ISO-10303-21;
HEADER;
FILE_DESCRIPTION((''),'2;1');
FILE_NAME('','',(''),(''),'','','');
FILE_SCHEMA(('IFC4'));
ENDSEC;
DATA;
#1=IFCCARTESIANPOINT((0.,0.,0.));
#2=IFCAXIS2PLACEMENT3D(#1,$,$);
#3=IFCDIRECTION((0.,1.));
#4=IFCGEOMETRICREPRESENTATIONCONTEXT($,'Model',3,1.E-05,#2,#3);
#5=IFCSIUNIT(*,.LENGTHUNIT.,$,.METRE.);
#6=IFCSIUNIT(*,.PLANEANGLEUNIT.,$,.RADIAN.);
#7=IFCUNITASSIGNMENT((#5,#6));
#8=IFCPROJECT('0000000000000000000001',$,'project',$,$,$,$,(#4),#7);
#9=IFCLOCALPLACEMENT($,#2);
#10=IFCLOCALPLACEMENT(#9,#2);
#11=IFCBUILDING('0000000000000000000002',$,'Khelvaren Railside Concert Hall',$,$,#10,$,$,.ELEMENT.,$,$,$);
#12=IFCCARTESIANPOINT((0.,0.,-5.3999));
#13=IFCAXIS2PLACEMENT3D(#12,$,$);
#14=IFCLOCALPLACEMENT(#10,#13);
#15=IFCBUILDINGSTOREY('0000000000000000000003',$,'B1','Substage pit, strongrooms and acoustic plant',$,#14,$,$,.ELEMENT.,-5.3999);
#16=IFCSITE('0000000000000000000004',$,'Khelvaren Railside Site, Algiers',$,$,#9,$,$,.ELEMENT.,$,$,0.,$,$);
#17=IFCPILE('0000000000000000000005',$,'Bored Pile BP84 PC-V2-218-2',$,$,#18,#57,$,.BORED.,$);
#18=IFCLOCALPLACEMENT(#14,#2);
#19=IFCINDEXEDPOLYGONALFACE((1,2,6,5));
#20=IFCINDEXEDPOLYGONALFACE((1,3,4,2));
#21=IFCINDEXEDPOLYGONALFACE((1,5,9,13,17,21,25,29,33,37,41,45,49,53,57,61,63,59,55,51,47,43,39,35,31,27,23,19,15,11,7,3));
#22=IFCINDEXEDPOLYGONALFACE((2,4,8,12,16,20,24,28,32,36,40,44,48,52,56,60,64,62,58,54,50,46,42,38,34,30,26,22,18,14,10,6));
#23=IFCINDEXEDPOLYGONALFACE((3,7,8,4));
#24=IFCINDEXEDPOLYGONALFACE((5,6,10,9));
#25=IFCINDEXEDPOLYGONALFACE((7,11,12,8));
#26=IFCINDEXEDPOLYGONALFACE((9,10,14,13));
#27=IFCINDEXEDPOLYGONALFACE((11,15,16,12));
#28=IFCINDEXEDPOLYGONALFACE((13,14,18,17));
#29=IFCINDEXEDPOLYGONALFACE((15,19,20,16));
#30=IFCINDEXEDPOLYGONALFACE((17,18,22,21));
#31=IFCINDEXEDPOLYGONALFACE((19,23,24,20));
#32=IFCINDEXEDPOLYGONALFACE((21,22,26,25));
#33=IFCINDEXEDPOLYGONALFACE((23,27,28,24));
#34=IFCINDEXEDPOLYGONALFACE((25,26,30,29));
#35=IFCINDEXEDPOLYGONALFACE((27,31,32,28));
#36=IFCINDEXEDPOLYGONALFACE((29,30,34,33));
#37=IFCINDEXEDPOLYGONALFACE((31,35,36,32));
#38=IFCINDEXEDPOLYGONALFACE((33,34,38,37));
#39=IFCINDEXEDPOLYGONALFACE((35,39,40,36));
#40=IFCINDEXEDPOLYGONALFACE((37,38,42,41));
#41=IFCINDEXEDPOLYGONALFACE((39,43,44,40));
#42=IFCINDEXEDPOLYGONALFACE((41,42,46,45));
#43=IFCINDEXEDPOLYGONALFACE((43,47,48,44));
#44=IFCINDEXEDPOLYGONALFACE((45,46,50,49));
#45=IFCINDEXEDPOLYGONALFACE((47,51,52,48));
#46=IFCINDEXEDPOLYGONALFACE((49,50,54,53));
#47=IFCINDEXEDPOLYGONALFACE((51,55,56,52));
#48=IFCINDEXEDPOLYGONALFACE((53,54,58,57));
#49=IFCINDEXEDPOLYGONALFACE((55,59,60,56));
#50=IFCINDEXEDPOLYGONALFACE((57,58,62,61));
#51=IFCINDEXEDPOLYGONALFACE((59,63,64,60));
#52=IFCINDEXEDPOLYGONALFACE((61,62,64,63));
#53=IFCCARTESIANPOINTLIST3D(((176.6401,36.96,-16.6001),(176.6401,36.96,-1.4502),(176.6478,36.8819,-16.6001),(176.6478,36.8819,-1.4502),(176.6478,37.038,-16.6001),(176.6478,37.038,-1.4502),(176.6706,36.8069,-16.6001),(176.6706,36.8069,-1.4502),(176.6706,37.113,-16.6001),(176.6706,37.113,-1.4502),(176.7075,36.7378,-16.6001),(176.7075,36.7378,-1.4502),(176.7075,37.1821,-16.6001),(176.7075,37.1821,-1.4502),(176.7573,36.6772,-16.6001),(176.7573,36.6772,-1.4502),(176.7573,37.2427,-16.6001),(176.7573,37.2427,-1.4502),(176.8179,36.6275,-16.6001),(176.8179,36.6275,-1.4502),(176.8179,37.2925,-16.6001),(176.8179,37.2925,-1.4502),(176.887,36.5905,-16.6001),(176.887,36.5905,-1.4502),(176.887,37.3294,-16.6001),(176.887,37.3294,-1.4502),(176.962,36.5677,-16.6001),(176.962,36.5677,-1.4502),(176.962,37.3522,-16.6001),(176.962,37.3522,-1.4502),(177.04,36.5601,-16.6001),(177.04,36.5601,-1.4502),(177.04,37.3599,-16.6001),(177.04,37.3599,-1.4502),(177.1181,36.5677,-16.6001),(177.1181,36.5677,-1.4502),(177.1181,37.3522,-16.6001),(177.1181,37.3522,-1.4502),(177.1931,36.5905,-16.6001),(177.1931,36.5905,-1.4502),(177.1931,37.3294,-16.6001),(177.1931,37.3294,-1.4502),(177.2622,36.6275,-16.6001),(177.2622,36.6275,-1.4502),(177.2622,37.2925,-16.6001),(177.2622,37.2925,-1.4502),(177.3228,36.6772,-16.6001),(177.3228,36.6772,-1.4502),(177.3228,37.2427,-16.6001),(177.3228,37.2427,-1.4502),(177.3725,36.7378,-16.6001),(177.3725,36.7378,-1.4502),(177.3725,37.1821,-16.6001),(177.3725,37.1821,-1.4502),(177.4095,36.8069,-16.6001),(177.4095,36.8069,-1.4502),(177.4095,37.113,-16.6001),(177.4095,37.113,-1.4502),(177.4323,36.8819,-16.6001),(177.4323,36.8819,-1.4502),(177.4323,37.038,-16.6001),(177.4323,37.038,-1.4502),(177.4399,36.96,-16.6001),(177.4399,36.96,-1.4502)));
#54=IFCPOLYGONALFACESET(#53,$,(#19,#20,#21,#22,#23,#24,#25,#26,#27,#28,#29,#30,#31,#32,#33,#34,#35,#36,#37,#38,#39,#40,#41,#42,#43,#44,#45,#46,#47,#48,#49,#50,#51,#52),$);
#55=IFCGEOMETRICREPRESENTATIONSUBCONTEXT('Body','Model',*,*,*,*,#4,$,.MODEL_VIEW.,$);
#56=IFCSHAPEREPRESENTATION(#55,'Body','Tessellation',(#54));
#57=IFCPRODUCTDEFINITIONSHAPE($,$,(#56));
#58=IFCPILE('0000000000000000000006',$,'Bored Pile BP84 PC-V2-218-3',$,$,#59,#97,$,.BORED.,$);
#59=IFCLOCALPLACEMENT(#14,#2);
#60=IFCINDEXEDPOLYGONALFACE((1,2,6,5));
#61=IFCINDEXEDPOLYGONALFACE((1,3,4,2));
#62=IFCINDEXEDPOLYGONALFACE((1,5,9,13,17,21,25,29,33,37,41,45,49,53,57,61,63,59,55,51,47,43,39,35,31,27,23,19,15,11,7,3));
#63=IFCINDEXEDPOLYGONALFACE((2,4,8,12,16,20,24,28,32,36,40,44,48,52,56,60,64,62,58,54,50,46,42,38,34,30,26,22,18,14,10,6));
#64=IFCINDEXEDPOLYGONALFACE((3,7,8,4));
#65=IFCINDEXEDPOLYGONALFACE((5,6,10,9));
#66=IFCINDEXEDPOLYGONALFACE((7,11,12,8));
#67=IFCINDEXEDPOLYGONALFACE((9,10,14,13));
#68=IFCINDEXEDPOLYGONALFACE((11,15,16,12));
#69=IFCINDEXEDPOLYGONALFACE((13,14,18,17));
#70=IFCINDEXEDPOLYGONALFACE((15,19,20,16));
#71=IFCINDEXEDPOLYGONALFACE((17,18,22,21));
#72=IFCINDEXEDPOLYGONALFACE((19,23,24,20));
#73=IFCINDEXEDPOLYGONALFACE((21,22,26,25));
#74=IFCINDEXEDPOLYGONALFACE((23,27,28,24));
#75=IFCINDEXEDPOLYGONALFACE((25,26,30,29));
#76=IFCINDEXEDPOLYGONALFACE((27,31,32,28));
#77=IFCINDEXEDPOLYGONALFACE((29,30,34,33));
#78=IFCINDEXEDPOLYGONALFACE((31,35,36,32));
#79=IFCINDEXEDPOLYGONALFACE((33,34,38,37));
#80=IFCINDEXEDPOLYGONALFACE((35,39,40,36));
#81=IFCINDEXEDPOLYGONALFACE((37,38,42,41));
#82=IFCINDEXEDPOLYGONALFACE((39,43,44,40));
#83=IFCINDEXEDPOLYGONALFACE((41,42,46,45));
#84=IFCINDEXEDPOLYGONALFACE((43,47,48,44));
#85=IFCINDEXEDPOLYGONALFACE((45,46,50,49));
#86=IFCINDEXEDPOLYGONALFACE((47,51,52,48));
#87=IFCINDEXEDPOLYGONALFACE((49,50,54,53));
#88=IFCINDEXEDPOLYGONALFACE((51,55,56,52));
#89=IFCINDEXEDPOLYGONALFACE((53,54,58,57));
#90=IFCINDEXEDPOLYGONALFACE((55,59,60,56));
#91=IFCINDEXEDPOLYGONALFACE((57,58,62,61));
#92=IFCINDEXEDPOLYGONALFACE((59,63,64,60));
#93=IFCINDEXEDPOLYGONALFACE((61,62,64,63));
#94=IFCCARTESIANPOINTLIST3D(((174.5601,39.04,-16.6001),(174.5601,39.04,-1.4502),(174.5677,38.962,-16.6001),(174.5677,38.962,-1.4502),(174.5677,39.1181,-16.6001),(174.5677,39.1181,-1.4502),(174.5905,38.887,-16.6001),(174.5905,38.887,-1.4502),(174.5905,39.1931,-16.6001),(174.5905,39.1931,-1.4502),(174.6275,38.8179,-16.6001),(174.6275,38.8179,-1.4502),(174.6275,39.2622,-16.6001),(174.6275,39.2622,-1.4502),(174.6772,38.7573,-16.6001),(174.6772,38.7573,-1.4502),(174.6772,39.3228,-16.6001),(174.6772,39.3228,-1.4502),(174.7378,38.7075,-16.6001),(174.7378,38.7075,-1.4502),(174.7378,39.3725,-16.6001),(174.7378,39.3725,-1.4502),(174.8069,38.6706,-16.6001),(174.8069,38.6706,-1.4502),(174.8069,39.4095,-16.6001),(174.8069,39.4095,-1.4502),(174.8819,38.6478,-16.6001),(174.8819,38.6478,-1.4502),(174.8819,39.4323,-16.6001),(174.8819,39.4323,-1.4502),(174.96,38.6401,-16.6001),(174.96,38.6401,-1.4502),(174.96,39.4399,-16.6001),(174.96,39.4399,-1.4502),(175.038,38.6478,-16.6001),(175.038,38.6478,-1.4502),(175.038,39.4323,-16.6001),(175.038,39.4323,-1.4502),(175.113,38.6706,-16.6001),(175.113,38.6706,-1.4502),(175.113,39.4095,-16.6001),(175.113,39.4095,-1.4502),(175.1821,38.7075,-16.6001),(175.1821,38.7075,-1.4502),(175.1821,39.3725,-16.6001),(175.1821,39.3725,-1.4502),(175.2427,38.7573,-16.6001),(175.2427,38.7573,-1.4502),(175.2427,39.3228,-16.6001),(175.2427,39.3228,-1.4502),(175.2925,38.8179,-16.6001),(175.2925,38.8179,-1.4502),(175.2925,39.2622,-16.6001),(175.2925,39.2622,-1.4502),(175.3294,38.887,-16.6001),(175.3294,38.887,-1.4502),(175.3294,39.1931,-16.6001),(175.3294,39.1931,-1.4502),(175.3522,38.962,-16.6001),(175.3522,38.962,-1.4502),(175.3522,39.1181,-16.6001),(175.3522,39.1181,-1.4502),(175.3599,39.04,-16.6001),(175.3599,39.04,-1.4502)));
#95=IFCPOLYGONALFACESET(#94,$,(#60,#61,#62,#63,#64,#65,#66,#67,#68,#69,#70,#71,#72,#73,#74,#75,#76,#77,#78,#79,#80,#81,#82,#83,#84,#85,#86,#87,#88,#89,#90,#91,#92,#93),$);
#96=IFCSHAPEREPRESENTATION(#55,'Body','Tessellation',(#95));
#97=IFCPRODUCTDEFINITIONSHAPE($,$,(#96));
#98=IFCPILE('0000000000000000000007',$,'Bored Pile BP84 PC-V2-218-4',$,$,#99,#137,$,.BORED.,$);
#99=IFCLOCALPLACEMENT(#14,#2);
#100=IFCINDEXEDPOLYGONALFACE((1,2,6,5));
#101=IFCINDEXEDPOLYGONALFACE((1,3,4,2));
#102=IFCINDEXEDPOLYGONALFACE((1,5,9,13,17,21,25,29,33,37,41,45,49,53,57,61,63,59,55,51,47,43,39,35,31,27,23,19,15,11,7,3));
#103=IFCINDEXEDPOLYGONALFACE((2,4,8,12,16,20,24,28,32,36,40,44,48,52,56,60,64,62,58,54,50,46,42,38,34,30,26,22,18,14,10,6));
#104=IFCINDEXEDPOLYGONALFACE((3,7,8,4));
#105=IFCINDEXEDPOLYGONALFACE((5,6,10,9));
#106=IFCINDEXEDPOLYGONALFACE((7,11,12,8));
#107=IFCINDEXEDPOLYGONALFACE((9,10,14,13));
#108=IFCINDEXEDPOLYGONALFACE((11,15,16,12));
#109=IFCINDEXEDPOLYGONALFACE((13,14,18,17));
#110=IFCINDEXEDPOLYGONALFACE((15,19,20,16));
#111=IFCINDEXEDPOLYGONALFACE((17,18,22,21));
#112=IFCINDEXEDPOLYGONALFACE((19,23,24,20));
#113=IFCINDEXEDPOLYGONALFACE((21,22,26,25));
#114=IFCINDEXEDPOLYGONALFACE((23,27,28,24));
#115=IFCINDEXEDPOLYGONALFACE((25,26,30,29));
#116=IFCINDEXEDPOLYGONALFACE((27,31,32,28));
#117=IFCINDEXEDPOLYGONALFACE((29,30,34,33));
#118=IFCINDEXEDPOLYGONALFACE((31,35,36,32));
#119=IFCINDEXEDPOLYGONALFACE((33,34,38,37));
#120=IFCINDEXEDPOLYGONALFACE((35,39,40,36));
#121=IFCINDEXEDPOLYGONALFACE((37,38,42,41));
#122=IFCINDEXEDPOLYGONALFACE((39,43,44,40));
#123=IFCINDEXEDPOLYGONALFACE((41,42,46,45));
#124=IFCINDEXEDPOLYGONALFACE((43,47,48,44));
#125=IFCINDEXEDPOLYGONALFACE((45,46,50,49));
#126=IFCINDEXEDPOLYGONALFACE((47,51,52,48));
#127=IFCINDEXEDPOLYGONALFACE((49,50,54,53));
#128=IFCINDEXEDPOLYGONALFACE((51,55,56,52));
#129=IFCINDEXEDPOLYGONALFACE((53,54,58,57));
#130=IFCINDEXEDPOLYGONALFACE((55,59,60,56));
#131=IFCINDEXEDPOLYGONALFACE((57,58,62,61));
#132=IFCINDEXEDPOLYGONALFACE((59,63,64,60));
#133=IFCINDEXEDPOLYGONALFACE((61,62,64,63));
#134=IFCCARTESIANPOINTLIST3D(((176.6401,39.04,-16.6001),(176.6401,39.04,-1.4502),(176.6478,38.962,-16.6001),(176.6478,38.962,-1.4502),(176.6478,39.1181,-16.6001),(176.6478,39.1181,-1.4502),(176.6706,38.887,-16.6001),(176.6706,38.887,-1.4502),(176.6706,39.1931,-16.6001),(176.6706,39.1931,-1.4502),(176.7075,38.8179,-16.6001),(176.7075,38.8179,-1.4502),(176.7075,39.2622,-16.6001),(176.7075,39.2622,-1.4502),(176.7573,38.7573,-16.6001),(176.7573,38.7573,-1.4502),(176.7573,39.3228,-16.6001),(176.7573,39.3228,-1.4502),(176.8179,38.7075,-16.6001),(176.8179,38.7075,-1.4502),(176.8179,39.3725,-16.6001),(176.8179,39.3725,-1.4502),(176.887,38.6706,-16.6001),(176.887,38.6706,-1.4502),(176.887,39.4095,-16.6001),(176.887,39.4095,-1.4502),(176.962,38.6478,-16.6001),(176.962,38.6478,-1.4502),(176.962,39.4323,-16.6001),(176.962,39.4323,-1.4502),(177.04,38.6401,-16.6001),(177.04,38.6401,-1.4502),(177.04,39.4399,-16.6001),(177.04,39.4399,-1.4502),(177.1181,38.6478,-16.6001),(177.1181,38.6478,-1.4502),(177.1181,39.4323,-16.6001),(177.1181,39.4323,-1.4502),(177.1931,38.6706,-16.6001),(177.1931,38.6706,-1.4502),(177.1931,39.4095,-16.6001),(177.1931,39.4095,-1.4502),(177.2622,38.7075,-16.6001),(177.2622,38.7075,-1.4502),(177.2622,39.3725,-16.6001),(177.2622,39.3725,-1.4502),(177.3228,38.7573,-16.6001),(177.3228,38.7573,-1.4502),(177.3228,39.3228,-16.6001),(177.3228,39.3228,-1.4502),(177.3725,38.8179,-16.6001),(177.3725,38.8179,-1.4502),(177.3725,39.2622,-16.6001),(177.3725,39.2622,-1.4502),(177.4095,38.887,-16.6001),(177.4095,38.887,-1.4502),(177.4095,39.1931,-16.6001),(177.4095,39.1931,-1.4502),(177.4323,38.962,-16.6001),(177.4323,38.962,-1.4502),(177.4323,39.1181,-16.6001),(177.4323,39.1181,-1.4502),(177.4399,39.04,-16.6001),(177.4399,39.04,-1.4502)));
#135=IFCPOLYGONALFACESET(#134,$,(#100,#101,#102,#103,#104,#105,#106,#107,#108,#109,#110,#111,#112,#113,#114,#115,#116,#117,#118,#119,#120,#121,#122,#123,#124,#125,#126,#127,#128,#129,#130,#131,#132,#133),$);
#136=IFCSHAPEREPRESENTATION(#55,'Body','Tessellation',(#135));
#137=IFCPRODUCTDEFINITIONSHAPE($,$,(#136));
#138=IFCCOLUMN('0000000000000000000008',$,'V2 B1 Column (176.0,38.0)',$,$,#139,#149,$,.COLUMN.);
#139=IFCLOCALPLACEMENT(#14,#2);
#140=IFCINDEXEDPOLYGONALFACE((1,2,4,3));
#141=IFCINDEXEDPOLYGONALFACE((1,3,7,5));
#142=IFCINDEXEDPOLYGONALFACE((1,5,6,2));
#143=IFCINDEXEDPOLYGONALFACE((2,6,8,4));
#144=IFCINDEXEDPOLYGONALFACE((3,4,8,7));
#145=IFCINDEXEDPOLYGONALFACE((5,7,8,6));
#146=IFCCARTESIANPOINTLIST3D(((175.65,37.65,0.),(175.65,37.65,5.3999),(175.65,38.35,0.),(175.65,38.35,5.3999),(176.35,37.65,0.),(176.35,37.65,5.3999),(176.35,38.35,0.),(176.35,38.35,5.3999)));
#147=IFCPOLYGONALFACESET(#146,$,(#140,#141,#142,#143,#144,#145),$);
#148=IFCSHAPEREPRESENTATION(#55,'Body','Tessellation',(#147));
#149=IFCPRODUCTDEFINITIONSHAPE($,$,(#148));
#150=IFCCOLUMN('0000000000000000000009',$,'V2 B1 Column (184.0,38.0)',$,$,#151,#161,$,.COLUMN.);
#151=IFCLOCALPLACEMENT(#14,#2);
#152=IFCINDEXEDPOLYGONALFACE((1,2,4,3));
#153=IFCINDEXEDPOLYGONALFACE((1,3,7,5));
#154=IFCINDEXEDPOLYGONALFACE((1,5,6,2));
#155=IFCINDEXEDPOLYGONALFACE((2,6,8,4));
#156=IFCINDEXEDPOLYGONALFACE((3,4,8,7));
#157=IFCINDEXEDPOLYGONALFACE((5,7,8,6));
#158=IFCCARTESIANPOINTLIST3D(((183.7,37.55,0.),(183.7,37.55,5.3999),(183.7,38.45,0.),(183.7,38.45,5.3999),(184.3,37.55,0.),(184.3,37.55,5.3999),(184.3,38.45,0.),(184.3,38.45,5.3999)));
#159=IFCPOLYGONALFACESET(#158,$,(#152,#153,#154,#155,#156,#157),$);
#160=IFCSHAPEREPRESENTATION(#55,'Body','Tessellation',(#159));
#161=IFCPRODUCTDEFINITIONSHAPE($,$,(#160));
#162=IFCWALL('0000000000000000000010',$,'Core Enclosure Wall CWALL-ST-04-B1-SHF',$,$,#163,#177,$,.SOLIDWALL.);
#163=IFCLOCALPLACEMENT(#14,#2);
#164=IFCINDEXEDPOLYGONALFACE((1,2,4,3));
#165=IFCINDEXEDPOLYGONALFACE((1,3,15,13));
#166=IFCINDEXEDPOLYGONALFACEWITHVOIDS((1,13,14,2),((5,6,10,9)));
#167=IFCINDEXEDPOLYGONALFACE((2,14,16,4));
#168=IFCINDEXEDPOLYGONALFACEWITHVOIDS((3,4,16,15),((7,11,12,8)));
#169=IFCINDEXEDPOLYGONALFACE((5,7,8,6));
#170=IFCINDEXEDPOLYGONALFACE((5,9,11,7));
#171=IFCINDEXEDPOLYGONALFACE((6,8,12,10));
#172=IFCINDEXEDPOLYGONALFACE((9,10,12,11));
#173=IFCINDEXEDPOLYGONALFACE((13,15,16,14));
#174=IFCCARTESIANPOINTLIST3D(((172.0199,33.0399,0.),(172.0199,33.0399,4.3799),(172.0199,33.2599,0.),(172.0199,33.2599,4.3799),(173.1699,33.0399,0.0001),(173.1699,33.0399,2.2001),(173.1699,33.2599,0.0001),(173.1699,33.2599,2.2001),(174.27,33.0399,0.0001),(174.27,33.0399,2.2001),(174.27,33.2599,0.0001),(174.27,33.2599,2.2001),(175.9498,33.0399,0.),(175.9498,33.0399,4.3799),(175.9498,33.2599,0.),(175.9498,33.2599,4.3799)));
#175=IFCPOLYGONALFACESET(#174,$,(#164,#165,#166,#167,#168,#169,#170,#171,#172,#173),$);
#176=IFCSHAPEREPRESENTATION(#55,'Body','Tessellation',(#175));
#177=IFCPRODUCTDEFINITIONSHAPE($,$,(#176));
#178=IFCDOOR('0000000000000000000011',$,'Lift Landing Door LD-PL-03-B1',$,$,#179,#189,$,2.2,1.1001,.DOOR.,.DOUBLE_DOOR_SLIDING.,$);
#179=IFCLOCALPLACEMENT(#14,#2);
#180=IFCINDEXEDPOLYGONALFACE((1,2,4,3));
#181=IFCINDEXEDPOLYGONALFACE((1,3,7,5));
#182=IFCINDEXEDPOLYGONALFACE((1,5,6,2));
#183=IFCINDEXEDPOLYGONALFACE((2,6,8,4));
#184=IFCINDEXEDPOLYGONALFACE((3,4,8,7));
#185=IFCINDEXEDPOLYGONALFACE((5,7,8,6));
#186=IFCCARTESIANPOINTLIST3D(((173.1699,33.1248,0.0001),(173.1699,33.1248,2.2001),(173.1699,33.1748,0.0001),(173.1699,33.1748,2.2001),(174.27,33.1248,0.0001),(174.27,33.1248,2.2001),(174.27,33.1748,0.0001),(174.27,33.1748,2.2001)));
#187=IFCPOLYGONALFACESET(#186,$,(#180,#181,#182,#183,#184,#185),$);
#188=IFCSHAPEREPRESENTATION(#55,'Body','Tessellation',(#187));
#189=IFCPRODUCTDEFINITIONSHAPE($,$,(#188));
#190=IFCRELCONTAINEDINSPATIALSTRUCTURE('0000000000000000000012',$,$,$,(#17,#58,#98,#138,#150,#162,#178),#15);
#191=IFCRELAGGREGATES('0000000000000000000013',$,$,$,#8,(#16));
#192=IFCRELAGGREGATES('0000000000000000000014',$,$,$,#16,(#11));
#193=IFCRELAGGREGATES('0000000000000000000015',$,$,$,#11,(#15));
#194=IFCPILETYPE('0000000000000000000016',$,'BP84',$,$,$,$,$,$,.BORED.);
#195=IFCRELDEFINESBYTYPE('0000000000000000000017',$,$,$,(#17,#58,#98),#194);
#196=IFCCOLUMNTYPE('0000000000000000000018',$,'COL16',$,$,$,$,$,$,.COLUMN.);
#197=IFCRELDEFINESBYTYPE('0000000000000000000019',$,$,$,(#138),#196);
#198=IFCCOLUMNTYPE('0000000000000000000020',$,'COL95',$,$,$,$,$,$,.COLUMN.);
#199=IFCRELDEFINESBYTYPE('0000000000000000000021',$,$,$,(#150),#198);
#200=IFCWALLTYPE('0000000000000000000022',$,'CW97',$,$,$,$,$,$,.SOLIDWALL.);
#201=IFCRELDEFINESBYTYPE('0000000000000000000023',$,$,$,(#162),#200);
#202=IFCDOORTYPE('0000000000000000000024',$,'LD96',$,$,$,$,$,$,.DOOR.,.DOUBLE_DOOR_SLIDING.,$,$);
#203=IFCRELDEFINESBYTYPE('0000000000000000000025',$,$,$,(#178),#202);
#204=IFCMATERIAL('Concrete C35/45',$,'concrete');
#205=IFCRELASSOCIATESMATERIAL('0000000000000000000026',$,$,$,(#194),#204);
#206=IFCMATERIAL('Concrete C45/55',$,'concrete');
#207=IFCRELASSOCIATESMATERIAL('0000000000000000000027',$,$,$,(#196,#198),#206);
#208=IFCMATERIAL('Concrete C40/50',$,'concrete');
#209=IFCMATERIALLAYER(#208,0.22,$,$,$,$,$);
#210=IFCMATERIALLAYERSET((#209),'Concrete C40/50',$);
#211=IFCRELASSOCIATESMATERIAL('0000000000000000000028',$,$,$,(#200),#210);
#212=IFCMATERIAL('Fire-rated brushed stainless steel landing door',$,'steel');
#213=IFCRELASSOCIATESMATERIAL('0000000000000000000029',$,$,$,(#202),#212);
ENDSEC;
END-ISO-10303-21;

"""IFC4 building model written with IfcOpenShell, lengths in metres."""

from ifc_helpers import new_model, si_unit, direction, frame, frame_2d, origin, origin_2d, place, context, subcontext, project, spatial, rectangle, circle, extrude, material, layer, layer_set, material_profile, profile_set, type_object, element, fill, save


model = new_model("IFC4")

# Units and contexts
model_context = context("Model", 3, precision=1e-05, world=origin(), true_north=direction((0.0, 1.0)))
body_context = subcontext(model_context, "Body", "Model", "MODEL_VIEW")
ifc_project = project(units=[si_unit("LENGTHUNIT", "METRE"), si_unit("PLANEANGLEUNIT", "RADIAN")], contexts=[model_context])

# Site, building, storey
site_placement = place(None, origin())
site = spatial("IfcSite", under=ifc_project, at=site_placement, Name="Khelvaren Railside Site, Algiers", CompositionType="ELEMENT", RefElevation=0.0)
building_placement = place(site_placement, origin())
building = spatial("IfcBuilding", under=site, at=building_placement, Name="Khelvaren Railside Concert Hall", CompositionType="ELEMENT")
storey_placement = place(building_placement, frame((0.0, 0.0, -5.3999)))
storey = spatial("IfcBuildingStorey", under=building, at=storey_placement, Name="B1", Description="Substage pit, strongrooms and acoustic plant", CompositionType="ELEMENT", Elevation=-5.3999)

# Piles
ifc_material_1 = material(Name="Concrete C35/45", Category="concrete")
ifc_material_profile_1 = material_profile(ifc_material_1, circle(Radius=0.3999, at=origin_2d()), Name="BP D800")
ifc_profile_set_1 = profile_set([ifc_material_profile_1], Name="Concrete C35/45")
pile_type_1 = type_object("IfcPileType", Name="BP84", PredefinedType="BORED", material=ifc_profile_set_1)
for number, where, z_axis, x_axis, name in (
    (1, (177.04, 36.96, -1.4502), (0.0, 0.0, -1.0), (1.0, 0.0, 0.0), "Bored Pile BP84 PC-V2-218-2"),
    (2, (174.96, 39.04, -1.4502), (0.0, 0.0, -1.0), (1.0, 0.0, 0.0), "Bored Pile BP84 PC-V2-218-3"),
    (3, (177.04, 39.04, -1.4502), (0.0, 0.0, -1.0), (1.0, 0.0, 0.0), "Bored Pile BP84 PC-V2-218-4"),
):
    element("IfcPile", number, at=place(storey_placement, frame(where, z_axis=z_axis, x_axis=x_axis)), inside=storey, type_object=pile_type_1, Name=name, PredefinedType="BORED", context=body_context, shape_type="SweptSolid", body=[
        extrude(circle(Radius=0.3999, at=origin_2d()), origin(), (0.0, 0.0, 1.0), 15.1499),
    ])

# Columns
ifc_material_2 = material(Name="Concrete C45/55", Category="concrete")
ifc_material_profile_2 = material_profile(ifc_material_2, rectangle(XDim=0.7, YDim=0.7, at=origin_2d()), Name="RC 700x700")
ifc_profile_set_2 = profile_set([ifc_material_profile_2], Name="Concrete C45/55")
column_type_1 = type_object("IfcColumnType", Name="COL16", PredefinedType="COLUMN", material=ifc_profile_set_2)
column_1_placement = place(storey_placement, frame((176.0, 38.0, 0.0), z_axis=(0.0, 0.0, 1.0), x_axis=(1.0, 0.0, 0.0)))
element("IfcColumn", 4, at=column_1_placement, inside=storey, type_object=column_type_1, Name="V2 B1 Column (176.0,38.0)", PredefinedType="COLUMN", context=body_context, shape_type="SweptSolid", body=[
    extrude(rectangle(XDim=0.7, YDim=0.7, at=origin_2d()), origin(), (0.0, 0.0, 1.0), 5.3999),
])
ifc_material_profile_3 = material_profile(ifc_material_2, rectangle(XDim=0.6001, YDim=0.8999, at=origin_2d()), Name="RC 600x900")
ifc_profile_set_3 = profile_set([ifc_material_profile_3], Name="Concrete C45/55")
column_type_2 = type_object("IfcColumnType", Name="COL95", PredefinedType="COLUMN", material=ifc_profile_set_3)
column_2_placement = place(storey_placement, frame((184.0, 38.0, 0.0), z_axis=(0.0, 0.0, 1.0), x_axis=(1.0, 0.0, 0.0)))
element("IfcColumn", 5, at=column_2_placement, inside=storey, type_object=column_type_2, Name="V2 B1 Column (184.0,38.0)", PredefinedType="COLUMN", context=body_context, shape_type="SweptSolid", body=[
    extrude(rectangle(XDim=0.6001, YDim=0.8999, at=origin_2d()), origin(), (0.0, 0.0, 1.0), 5.3999),
])

# Wall, opening, door
ifc_material_3 = material(Name="Concrete C40/50", Category="concrete")
ifc_layer_1 = layer(ifc_material_3, 0.22)
ifc_layer_set_1 = layer_set([ifc_layer_1], Name="Concrete C40/50")
wall_type_1 = type_object("IfcWallType", Name="CW97", PredefinedType="SOLIDWALL", material=ifc_layer_set_1)
wall_placement = place(storey_placement, frame((172.02, 33.1499, 0.0), z_axis=(0.0, 0.0, 1.0), x_axis=(1.0, 0.0, 0.0)))
wall = element("IfcWall", 6, at=wall_placement, inside=storey, type_object=wall_type_1, Name="Core Enclosure Wall CWALL-ST-04-B1-SHF", PredefinedType="SOLIDWALL", context=body_context, shape_type="SweptSolid", body=[
    extrude(rectangle(XDim=3.9299, YDim=0.22, at=frame_2d((1.9648, 0.0))), origin(), (0.0, 0.0, 1.0), 4.3799),
])
opening_placement = place(wall_placement, frame((1.1499, 0.0, 0.0)))
opening = element("IfcOpeningElement", 7, at=opening_placement, cuts=wall, PredefinedType="OPENING", context=body_context, shape_type="SweptSolid", body=[
    extrude(rectangle(XDim=1.1001, YDim=2.2, at=frame_2d((0.55, 1.1001))), frame((0.0, 0.1199, 0.0), z_axis=(0.0, -1.0, 0.0), x_axis=(1.0, 0.0, 0.0)), (0.0, 0.0, 1.0), 0.24),
])
ifc_material_4 = material(Name="Fire-rated brushed stainless steel landing door", Category="steel")
door_type = type_object("IfcDoorType", Name="LD96", OperationType="DOUBLE_DOOR_SLIDING", PredefinedType="DOOR", material=ifc_material_4)
door_placement = place(opening_placement, origin())
door = element("IfcDoor", 8, at=door_placement, inside=storey, type_object=door_type, Name="Lift Landing Door LD-PL-03-B1", OperationType="DOUBLE_DOOR_SLIDING", OverallHeight=2.2, OverallWidth=1.1001, PredefinedType="DOOR", context=body_context, shape_type="SweptSolid", body=[
    extrude(rectangle(XDim=1.1001, YDim=2.2, at=frame_2d((0.55, 1.1001))), frame((0.0, 0.0249, 0.0), z_axis=(0.0, -1.0, 0.0), x_axis=(1.0, 0.0, 0.0)), (0.0, 0.0, 1.0), 0.05),
])
fill(opening, door)

save(model, "model.ifc")
